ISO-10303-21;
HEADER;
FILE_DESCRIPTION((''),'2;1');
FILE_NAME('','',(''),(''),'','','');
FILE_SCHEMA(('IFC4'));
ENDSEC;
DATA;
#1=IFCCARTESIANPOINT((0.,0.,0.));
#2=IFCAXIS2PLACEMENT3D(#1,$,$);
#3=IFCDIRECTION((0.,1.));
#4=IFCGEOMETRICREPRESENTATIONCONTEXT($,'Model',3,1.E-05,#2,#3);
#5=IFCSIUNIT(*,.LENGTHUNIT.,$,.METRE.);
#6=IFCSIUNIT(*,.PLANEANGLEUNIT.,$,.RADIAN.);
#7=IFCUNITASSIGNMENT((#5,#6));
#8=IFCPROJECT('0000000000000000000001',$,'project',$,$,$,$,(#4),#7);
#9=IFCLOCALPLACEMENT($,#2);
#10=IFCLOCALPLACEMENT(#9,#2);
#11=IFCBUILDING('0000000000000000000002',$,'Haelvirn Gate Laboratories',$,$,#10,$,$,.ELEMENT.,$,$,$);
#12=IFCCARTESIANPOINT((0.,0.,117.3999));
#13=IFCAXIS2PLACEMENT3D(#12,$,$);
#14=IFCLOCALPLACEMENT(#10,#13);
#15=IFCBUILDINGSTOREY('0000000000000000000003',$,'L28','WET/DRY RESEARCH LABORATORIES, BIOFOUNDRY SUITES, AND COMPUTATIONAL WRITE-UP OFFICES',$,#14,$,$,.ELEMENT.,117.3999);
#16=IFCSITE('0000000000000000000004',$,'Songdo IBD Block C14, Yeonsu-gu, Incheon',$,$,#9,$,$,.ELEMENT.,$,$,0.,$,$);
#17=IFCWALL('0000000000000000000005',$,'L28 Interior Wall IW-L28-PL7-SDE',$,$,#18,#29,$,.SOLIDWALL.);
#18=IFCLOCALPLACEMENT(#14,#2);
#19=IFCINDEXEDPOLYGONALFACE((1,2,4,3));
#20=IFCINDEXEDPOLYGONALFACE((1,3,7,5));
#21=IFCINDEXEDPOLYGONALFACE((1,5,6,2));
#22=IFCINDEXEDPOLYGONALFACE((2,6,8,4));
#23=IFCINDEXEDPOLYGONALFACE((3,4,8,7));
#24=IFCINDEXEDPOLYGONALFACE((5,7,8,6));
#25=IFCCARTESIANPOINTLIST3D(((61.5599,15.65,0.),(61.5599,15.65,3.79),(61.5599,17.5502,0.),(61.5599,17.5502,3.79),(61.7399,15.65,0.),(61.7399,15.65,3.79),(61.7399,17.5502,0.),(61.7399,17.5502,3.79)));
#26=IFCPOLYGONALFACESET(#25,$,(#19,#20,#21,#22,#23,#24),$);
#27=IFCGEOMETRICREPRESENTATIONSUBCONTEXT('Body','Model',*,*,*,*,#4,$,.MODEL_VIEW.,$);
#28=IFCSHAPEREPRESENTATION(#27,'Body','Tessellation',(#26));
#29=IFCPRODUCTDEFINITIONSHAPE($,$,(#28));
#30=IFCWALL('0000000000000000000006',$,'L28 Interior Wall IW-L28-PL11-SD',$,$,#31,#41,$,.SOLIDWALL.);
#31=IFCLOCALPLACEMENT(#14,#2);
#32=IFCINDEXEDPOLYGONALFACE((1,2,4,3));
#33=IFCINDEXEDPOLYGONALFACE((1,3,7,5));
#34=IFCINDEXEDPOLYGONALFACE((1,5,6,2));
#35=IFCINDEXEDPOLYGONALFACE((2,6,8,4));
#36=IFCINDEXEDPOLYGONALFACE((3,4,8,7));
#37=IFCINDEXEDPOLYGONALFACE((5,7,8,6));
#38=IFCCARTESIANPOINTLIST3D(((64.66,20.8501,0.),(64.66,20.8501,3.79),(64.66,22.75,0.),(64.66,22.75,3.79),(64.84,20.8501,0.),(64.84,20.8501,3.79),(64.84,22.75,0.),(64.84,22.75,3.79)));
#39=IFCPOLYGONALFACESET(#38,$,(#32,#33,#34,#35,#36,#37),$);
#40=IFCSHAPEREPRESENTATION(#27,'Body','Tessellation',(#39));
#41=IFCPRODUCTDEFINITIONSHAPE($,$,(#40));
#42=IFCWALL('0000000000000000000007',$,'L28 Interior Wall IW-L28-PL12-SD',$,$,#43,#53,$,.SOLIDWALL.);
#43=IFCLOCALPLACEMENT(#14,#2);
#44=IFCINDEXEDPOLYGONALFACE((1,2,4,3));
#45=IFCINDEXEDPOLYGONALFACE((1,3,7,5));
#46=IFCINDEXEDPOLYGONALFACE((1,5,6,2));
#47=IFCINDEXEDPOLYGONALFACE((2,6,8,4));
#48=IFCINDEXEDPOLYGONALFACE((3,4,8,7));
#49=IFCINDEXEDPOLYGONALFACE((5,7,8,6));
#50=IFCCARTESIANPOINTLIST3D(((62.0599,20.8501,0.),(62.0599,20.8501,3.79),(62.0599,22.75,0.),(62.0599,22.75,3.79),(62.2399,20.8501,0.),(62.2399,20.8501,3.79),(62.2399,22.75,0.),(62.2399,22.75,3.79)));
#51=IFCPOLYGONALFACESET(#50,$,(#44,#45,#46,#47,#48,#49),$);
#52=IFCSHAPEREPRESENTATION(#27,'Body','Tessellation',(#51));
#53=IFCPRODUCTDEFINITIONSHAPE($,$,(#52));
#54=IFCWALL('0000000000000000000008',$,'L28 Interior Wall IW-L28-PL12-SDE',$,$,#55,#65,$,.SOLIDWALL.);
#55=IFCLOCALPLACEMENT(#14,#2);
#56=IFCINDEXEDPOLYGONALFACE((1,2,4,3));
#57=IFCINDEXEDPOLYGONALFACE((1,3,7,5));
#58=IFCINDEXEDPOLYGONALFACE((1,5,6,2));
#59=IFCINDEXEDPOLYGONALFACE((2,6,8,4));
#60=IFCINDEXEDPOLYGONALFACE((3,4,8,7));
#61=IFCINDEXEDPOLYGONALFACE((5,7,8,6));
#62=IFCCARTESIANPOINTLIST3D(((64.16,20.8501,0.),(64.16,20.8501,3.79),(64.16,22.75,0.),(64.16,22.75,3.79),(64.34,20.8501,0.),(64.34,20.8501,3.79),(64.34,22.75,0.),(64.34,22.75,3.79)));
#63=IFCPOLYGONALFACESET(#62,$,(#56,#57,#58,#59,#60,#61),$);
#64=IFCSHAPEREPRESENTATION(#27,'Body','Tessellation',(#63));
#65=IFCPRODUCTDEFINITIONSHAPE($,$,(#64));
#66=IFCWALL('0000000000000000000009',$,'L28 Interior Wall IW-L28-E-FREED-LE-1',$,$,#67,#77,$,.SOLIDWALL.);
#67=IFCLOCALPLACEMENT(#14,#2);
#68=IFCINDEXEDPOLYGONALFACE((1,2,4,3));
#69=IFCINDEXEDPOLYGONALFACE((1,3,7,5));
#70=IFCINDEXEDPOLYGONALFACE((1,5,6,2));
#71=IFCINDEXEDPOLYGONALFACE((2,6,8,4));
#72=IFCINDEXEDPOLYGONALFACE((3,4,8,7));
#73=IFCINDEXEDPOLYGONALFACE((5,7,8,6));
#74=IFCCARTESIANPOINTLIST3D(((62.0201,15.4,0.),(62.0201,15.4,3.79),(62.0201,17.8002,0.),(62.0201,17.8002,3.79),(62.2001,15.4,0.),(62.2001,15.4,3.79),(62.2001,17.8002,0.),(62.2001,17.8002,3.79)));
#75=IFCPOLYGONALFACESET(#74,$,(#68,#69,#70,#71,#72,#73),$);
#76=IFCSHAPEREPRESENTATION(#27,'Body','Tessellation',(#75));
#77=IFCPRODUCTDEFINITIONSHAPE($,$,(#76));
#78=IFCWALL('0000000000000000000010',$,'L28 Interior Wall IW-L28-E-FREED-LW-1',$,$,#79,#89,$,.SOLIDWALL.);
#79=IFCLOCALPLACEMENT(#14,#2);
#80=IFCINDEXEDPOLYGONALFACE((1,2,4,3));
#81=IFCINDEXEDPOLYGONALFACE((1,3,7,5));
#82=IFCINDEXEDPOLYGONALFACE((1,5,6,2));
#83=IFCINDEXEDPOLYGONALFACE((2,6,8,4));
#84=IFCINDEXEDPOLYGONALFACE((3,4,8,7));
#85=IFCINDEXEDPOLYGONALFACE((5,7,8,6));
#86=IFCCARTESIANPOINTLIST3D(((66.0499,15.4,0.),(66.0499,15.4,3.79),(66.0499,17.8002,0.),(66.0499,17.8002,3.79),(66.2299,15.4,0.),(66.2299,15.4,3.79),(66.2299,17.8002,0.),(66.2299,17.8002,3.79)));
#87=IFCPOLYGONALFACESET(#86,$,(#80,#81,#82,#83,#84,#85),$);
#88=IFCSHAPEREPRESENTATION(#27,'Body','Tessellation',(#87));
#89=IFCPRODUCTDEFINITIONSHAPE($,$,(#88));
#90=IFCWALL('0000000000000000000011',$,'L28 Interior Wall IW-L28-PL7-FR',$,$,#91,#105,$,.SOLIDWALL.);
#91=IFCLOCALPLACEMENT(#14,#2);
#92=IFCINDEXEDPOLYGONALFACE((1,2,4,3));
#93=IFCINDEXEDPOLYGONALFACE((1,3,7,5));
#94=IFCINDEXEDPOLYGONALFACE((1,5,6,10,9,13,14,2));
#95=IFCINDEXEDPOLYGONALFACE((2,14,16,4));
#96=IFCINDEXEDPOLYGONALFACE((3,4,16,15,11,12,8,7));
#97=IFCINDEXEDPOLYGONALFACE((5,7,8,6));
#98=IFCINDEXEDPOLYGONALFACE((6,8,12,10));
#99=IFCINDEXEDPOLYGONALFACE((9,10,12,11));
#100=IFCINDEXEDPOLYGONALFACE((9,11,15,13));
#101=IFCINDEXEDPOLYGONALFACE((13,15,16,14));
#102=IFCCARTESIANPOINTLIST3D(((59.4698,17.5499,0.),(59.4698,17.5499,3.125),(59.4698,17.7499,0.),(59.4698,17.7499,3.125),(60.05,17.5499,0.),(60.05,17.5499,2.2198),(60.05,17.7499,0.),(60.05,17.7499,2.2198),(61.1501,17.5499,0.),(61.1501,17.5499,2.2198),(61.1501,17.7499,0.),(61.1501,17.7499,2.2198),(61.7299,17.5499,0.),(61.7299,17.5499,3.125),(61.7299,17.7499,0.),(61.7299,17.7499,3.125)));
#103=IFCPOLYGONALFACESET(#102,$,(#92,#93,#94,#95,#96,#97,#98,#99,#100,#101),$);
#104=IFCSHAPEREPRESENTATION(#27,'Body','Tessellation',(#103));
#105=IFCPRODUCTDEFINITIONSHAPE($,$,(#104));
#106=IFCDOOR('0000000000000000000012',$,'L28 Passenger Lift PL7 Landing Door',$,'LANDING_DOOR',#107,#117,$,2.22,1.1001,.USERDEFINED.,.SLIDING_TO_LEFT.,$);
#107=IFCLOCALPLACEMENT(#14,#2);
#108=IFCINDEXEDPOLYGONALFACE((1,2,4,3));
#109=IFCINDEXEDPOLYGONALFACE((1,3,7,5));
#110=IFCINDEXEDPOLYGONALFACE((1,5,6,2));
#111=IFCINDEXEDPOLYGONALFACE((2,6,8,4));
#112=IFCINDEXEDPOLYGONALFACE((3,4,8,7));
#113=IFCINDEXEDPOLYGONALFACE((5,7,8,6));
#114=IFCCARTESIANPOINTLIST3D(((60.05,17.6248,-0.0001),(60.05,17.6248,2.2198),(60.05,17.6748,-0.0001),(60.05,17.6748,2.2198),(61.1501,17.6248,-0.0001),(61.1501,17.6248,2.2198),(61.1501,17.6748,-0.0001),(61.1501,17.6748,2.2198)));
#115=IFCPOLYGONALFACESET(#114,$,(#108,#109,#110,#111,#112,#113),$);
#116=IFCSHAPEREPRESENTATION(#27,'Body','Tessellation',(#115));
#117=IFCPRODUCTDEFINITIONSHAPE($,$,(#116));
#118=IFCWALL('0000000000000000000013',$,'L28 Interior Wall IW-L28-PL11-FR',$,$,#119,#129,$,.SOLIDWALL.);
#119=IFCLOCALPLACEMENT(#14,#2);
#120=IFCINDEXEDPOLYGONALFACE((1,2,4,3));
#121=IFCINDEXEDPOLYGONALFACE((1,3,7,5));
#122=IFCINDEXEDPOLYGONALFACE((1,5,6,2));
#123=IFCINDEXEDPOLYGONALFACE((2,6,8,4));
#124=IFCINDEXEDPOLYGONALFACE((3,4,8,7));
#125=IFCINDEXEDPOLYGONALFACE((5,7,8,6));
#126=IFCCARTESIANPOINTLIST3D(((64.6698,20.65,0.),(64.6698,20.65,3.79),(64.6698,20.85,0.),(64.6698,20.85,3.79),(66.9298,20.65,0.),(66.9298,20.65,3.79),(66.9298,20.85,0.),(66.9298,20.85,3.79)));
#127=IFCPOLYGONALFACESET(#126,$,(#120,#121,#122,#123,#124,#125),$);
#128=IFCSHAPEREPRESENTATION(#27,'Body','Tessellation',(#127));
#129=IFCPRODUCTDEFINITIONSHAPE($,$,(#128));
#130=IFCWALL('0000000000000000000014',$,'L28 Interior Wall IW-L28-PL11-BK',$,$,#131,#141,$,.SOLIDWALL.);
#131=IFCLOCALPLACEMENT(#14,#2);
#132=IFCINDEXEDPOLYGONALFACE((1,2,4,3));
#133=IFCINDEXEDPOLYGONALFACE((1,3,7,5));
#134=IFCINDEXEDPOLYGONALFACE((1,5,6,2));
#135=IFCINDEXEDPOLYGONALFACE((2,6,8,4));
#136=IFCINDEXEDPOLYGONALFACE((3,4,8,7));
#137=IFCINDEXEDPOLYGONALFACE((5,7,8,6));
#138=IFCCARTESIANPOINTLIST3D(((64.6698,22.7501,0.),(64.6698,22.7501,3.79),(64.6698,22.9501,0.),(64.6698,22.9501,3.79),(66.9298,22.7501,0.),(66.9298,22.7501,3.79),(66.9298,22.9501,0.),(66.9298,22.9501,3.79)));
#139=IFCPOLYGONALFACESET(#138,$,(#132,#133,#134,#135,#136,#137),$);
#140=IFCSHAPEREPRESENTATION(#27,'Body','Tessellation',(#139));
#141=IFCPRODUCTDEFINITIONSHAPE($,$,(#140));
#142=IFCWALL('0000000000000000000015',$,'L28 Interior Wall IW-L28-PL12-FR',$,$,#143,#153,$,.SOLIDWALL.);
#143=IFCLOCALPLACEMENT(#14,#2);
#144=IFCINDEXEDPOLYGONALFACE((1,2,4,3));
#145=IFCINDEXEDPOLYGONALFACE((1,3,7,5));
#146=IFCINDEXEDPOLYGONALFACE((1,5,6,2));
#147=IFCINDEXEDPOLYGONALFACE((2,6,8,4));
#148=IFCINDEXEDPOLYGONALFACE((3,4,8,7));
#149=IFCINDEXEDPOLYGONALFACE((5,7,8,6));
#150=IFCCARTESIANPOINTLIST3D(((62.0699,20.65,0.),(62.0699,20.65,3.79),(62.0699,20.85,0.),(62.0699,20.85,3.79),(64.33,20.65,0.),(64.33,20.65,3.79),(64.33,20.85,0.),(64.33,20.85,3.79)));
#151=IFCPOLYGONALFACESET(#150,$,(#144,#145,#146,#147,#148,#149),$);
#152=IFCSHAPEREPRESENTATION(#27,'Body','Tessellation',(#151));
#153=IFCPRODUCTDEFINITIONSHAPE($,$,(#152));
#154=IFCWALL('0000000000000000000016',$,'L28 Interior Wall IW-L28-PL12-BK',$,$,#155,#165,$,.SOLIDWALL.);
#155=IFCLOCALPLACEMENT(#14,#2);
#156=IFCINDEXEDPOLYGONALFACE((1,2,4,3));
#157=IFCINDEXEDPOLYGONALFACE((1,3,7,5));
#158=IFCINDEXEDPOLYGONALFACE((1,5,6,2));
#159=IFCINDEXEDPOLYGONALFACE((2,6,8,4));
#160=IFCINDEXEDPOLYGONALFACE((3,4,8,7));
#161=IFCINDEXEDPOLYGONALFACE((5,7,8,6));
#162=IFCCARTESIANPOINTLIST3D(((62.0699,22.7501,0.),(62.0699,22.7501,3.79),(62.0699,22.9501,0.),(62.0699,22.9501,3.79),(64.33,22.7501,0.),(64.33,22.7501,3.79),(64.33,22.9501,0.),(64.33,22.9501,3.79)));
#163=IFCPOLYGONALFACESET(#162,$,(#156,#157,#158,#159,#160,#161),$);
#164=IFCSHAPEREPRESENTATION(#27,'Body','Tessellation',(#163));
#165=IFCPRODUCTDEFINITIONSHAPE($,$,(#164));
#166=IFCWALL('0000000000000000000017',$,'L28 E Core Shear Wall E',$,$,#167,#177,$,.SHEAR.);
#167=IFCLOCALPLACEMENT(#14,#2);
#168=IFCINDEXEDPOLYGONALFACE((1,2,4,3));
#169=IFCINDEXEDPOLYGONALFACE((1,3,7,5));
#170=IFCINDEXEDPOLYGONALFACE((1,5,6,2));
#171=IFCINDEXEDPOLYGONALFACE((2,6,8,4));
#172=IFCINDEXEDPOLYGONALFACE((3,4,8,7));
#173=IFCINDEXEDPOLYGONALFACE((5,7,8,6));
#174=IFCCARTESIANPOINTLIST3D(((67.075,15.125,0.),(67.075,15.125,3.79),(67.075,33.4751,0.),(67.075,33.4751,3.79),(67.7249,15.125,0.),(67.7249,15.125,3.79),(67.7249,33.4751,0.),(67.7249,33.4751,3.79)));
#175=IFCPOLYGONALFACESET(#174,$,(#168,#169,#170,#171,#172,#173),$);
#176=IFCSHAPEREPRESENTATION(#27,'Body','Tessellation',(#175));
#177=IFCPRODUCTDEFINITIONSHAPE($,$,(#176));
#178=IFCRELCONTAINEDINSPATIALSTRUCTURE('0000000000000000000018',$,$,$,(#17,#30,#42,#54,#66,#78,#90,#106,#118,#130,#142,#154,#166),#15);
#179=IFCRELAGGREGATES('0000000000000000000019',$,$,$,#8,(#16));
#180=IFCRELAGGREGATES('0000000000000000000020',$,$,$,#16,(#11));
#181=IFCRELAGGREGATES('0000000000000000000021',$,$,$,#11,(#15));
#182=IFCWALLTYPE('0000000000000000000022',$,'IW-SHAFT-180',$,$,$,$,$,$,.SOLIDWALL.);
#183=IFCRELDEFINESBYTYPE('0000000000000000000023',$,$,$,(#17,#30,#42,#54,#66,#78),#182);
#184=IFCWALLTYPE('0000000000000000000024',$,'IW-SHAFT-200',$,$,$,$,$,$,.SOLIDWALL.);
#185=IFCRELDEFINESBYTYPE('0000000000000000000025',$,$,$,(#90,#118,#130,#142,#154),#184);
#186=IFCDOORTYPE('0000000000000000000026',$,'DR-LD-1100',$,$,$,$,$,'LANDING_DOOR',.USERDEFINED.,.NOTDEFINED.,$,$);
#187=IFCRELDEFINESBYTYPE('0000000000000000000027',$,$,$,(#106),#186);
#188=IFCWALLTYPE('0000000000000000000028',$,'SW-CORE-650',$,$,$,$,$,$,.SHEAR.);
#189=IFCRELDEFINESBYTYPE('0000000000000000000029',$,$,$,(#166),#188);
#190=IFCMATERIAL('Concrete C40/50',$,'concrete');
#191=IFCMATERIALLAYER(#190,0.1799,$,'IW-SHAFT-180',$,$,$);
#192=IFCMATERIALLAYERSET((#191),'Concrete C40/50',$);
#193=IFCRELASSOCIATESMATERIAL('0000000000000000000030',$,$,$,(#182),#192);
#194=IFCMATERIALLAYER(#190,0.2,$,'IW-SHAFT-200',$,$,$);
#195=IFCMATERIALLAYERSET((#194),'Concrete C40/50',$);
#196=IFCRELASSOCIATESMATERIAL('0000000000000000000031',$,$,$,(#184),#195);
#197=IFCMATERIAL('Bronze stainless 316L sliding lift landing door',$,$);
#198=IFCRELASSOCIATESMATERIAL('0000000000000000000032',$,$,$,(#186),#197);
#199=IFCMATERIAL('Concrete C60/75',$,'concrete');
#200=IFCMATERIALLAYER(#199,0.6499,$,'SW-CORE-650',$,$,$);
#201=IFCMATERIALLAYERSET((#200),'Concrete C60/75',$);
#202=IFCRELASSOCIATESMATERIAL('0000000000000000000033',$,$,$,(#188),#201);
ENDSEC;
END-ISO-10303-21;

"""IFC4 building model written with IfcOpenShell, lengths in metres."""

from ifc_helpers import new_model, si_unit, direction, frame, frame_2d, origin, place, context, subcontext, project, spatial, rectangle, extrude, source, transform, mapped, material, layer, layer_set, type_object, type_shapes, element, fill, save


model = new_model("IFC4")

# Units and contexts
model_context = context("Model", 3, precision=1e-05, world=origin(), true_north=direction((0.0, 1.0)))
body_context = subcontext(model_context, "Body", "Model", "MODEL_VIEW")
ifc_project = project(units=[si_unit("LENGTHUNIT", "METRE"), si_unit("PLANEANGLEUNIT", "RADIAN")], contexts=[model_context])

# Site, building, storey
site_placement = place(None, origin())
site = spatial("IfcSite", under=ifc_project, at=site_placement, Name="Songdo IBD Block C14, Yeonsu-gu, Incheon", CompositionType="ELEMENT", RefElevation=0.0)
building_placement = place(site_placement, origin())
building = spatial("IfcBuilding", under=site, at=building_placement, Name="Haelvirn Gate Laboratories", CompositionType="ELEMENT")
storey_placement = place(building_placement, frame((0.0, 0.0, 117.3999)))
storey = spatial("IfcBuildingStorey", under=building, at=storey_placement, Name="L28", Description="WET/DRY RESEARCH LABORATORIES, BIOFOUNDRY SUITES, AND COMPUTATIONAL WRITE-UP OFFICES", CompositionType="ELEMENT", Elevation=117.3999)

# Shared definitions
ifc_material_1 = material(Name="Concrete C60/75", Category="concrete")

# Walls
ifc_material_2 = material(Name="Concrete C40/50", Category="concrete")
ifc_layer_1 = layer(ifc_material_2, 0.1799, Name="IW-SHAFT-180")
ifc_layer_set_1 = layer_set([ifc_layer_1], Name="Concrete C40/50")
wall_type_1 = type_object("IfcWallType", Name="IW-SHAFT-180", PredefinedType="SOLIDWALL", material=ifc_layer_set_1)
for number, where, z_axis, x_axis, name in (
    (1, (61.6499, 15.6499, 0.0), (0.0, 0.0, 1.0), (0.0, 1.0, 0.0), "L28 Interior Wall IW-L28-PL7-SDE"),
):
    element("IfcWall", number, at=place(storey_placement, frame(where, z_axis=z_axis, x_axis=x_axis)), inside=storey, type_object=wall_type_1, Name=name, PredefinedType="SOLIDWALL", context=body_context, shape_type="SweptSolid", body=[
        extrude(rectangle(XDim=1.9001, YDim=0.1799, at=frame_2d((0.9502, 0.0))), origin(), (0.0, 0.0, 1.0), 3.79),
    ])
for number, where, z_axis, x_axis, name in (
    (2, (64.75, 20.8501, 0.0), (0.0, 0.0, 1.0), (0.0, 1.0, 0.0), "L28 Interior Wall IW-L28-PL11-SD"),
    (3, (62.1499, 20.8501, 0.0), (0.0, 0.0, 1.0), (0.0, 1.0, 0.0), "L28 Interior Wall IW-L28-PL12-SD"),
    (4, (64.25, 20.8501, 0.0), (0.0, 0.0, 1.0), (0.0, 1.0, 0.0), "L28 Interior Wall IW-L28-PL12-SDE"),
):
    element("IfcWall", number, at=place(storey_placement, frame(where, z_axis=z_axis, x_axis=x_axis)), inside=storey, type_object=wall_type_1, Name=name, PredefinedType="SOLIDWALL", context=body_context, shape_type="SweptSolid", body=[
        extrude(rectangle(XDim=1.8999, YDim=0.1799, at=frame_2d((0.95, 0.0))), origin(), (0.0, 0.0, 1.0), 3.79),
    ])

# Walls
for number, where, z_axis, x_axis, name in (
    (5, (62.1101, 15.3999, 0.0), (0.0, 0.0, 1.0), (0.0, 1.0, 0.0), "L28 Interior Wall IW-L28-E-FREED-LE-1"),
    (6, (66.1399, 15.3999, 0.0), (0.0, 0.0, 1.0), (0.0, 1.0, 0.0), "L28 Interior Wall IW-L28-E-FREED-LW-1"),
):
    element("IfcWall", number, at=place(storey_placement, frame(where, z_axis=z_axis, x_axis=x_axis)), inside=storey, type_object=wall_type_1, Name=name, PredefinedType="SOLIDWALL", context=body_context, shape_type="SweptSolid", body=[
        extrude(rectangle(XDim=2.4001, YDim=0.1799, at=frame_2d((1.2002, 0.0))), origin(), (0.0, 0.0, 1.0), 3.79),
    ])

# Wall, opening, door
ifc_layer_2 = layer(ifc_material_2, 0.2, Name="IW-SHAFT-200")
ifc_layer_set_2 = layer_set([ifc_layer_2], Name="Concrete C40/50")
wall_type_2 = type_object("IfcWallType", Name="IW-SHAFT-200", PredefinedType="SOLIDWALL", material=ifc_layer_set_2)
wall_1_placement = place(storey_placement, frame((59.47, 17.6499, 0.0), z_axis=(0.0, 0.0, 1.0), x_axis=(1.0, 0.0, 0.0)))
wall_1 = element("IfcWall", 7, at=wall_1_placement, inside=storey, type_object=wall_type_2, Name="L28 Interior Wall IW-L28-PL7-FR", PredefinedType="SOLIDWALL", context=body_context, shape_type="SweptSolid", body=[
    extrude(rectangle(XDim=2.26, YDim=0.2, at=frame_2d((1.1299, 0.0))), origin(), (0.0, 0.0, 1.0), 3.125),
])
opening_1_placement = place(wall_1_placement, frame((0.5801, 0.0, 0.0)))
opening_1 = element("IfcOpeningElement", 8, at=opening_1_placement, cuts=wall_1, PredefinedType="OPENING", context=body_context, shape_type="SweptSolid", body=[
    extrude(rectangle(XDim=1.1001, YDim=2.22, at=frame_2d((0.55, 1.1099))), frame((0.0, 0.1099, 0.0), z_axis=(0.0, -1.0, 0.0), x_axis=(1.0, 0.0, 0.0)), (0.0, 0.0, 1.0), 0.22),
])
ifc_material_3 = material(Name="Bronze stainless 316L sliding lift landing door")
door_type_1 = type_object("IfcDoorType", Name="DR-LD-1100", ElementType="LANDING_DOOR", OperationType="NOTDEFINED", PredefinedType="USERDEFINED", material=ifc_material_3)
shared_shape_1 = source(origin(), body_context, "Body", "SweptSolid", [
    extrude(rectangle(XDim=1.1001, YDim=2.22, at=frame_2d((0.55, 1.1099))), frame((0.0, 0.0249, 0.0), z_axis=(0.0, -1.0, 0.0), x_axis=(1.0, 0.0, 0.0)), (0.0, 0.0, 1.0), 0.05),
])
type_shapes(door_type_1, [shared_shape_1])
door_1_placement = place(opening_1_placement, origin())
door_1 = element("IfcDoor", 9, at=door_1_placement, inside=storey, type_object=door_type_1, Name="L28 Passenger Lift PL7 Landing Door", ObjectType="LANDING_DOOR", OperationType="SLIDING_TO_LEFT", OverallHeight=2.22, OverallWidth=1.1001, PredefinedType="USERDEFINED", context=body_context, shape_type="MappedRepresentation", body=[
    mapped(shared_shape_1, transform((0.0, 0.0, 0.0), scale=1.0)),
])
fill(opening_1, door_1)

# Walls
for number, where, z_axis, x_axis, name in (
    (10, (64.6699, 20.75, 0.0), (0.0, 0.0, 1.0), (1.0, 0.0, 0.0), "L28 Interior Wall IW-L28-PL11-FR"),
    (11, (64.6699, 22.8501, 0.0), (0.0, 0.0, 1.0), (1.0, 0.0, 0.0), "L28 Interior Wall IW-L28-PL11-BK"),
    (12, (62.0701, 20.75, 0.0), (0.0, 0.0, 1.0), (1.0, 0.0, 0.0), "L28 Interior Wall IW-L28-PL12-FR"),
    (13, (62.0701, 22.8501, 0.0), (0.0, 0.0, 1.0), (1.0, 0.0, 0.0), "L28 Interior Wall IW-L28-PL12-BK"),
):
    element("IfcWall", number, at=place(storey_placement, frame(where, z_axis=z_axis, x_axis=x_axis)), inside=storey, type_object=wall_type_2, Name=name, PredefinedType="SOLIDWALL", context=body_context, shape_type="SweptSolid", body=[
        extrude(rectangle(XDim=2.26, YDim=0.2, at=frame_2d((1.1299, 0.0))), origin(), (0.0, 0.0, 1.0), 3.79),
    ])
ifc_layer_3 = layer(ifc_material_1, 0.6499, Name="SW-CORE-650")
ifc_layer_set_3 = layer_set([ifc_layer_3], Name="Concrete C60/75")
wall_type_3 = type_object("IfcWallType", Name="SW-CORE-650", PredefinedType="SHEAR", material=ifc_layer_set_3)
wall_2_placement = place(storey_placement, frame((67.3999, 15.125, 0.0), z_axis=(0.0, 0.0, 1.0), x_axis=(0.0, 1.0, 0.0)))
element("IfcWall", 14, at=wall_2_placement, inside=storey, type_object=wall_type_3, Name="L28 E Core Shear Wall E", PredefinedType="SHEAR", context=body_context, shape_type="SweptSolid", body=[
    extrude(rectangle(XDim=18.3501, YDim=0.6499, at=frame_2d((9.175, 0.0))), origin(), (0.0, 0.0, 1.0), 3.79),
])

save(model, "model.ifc")
